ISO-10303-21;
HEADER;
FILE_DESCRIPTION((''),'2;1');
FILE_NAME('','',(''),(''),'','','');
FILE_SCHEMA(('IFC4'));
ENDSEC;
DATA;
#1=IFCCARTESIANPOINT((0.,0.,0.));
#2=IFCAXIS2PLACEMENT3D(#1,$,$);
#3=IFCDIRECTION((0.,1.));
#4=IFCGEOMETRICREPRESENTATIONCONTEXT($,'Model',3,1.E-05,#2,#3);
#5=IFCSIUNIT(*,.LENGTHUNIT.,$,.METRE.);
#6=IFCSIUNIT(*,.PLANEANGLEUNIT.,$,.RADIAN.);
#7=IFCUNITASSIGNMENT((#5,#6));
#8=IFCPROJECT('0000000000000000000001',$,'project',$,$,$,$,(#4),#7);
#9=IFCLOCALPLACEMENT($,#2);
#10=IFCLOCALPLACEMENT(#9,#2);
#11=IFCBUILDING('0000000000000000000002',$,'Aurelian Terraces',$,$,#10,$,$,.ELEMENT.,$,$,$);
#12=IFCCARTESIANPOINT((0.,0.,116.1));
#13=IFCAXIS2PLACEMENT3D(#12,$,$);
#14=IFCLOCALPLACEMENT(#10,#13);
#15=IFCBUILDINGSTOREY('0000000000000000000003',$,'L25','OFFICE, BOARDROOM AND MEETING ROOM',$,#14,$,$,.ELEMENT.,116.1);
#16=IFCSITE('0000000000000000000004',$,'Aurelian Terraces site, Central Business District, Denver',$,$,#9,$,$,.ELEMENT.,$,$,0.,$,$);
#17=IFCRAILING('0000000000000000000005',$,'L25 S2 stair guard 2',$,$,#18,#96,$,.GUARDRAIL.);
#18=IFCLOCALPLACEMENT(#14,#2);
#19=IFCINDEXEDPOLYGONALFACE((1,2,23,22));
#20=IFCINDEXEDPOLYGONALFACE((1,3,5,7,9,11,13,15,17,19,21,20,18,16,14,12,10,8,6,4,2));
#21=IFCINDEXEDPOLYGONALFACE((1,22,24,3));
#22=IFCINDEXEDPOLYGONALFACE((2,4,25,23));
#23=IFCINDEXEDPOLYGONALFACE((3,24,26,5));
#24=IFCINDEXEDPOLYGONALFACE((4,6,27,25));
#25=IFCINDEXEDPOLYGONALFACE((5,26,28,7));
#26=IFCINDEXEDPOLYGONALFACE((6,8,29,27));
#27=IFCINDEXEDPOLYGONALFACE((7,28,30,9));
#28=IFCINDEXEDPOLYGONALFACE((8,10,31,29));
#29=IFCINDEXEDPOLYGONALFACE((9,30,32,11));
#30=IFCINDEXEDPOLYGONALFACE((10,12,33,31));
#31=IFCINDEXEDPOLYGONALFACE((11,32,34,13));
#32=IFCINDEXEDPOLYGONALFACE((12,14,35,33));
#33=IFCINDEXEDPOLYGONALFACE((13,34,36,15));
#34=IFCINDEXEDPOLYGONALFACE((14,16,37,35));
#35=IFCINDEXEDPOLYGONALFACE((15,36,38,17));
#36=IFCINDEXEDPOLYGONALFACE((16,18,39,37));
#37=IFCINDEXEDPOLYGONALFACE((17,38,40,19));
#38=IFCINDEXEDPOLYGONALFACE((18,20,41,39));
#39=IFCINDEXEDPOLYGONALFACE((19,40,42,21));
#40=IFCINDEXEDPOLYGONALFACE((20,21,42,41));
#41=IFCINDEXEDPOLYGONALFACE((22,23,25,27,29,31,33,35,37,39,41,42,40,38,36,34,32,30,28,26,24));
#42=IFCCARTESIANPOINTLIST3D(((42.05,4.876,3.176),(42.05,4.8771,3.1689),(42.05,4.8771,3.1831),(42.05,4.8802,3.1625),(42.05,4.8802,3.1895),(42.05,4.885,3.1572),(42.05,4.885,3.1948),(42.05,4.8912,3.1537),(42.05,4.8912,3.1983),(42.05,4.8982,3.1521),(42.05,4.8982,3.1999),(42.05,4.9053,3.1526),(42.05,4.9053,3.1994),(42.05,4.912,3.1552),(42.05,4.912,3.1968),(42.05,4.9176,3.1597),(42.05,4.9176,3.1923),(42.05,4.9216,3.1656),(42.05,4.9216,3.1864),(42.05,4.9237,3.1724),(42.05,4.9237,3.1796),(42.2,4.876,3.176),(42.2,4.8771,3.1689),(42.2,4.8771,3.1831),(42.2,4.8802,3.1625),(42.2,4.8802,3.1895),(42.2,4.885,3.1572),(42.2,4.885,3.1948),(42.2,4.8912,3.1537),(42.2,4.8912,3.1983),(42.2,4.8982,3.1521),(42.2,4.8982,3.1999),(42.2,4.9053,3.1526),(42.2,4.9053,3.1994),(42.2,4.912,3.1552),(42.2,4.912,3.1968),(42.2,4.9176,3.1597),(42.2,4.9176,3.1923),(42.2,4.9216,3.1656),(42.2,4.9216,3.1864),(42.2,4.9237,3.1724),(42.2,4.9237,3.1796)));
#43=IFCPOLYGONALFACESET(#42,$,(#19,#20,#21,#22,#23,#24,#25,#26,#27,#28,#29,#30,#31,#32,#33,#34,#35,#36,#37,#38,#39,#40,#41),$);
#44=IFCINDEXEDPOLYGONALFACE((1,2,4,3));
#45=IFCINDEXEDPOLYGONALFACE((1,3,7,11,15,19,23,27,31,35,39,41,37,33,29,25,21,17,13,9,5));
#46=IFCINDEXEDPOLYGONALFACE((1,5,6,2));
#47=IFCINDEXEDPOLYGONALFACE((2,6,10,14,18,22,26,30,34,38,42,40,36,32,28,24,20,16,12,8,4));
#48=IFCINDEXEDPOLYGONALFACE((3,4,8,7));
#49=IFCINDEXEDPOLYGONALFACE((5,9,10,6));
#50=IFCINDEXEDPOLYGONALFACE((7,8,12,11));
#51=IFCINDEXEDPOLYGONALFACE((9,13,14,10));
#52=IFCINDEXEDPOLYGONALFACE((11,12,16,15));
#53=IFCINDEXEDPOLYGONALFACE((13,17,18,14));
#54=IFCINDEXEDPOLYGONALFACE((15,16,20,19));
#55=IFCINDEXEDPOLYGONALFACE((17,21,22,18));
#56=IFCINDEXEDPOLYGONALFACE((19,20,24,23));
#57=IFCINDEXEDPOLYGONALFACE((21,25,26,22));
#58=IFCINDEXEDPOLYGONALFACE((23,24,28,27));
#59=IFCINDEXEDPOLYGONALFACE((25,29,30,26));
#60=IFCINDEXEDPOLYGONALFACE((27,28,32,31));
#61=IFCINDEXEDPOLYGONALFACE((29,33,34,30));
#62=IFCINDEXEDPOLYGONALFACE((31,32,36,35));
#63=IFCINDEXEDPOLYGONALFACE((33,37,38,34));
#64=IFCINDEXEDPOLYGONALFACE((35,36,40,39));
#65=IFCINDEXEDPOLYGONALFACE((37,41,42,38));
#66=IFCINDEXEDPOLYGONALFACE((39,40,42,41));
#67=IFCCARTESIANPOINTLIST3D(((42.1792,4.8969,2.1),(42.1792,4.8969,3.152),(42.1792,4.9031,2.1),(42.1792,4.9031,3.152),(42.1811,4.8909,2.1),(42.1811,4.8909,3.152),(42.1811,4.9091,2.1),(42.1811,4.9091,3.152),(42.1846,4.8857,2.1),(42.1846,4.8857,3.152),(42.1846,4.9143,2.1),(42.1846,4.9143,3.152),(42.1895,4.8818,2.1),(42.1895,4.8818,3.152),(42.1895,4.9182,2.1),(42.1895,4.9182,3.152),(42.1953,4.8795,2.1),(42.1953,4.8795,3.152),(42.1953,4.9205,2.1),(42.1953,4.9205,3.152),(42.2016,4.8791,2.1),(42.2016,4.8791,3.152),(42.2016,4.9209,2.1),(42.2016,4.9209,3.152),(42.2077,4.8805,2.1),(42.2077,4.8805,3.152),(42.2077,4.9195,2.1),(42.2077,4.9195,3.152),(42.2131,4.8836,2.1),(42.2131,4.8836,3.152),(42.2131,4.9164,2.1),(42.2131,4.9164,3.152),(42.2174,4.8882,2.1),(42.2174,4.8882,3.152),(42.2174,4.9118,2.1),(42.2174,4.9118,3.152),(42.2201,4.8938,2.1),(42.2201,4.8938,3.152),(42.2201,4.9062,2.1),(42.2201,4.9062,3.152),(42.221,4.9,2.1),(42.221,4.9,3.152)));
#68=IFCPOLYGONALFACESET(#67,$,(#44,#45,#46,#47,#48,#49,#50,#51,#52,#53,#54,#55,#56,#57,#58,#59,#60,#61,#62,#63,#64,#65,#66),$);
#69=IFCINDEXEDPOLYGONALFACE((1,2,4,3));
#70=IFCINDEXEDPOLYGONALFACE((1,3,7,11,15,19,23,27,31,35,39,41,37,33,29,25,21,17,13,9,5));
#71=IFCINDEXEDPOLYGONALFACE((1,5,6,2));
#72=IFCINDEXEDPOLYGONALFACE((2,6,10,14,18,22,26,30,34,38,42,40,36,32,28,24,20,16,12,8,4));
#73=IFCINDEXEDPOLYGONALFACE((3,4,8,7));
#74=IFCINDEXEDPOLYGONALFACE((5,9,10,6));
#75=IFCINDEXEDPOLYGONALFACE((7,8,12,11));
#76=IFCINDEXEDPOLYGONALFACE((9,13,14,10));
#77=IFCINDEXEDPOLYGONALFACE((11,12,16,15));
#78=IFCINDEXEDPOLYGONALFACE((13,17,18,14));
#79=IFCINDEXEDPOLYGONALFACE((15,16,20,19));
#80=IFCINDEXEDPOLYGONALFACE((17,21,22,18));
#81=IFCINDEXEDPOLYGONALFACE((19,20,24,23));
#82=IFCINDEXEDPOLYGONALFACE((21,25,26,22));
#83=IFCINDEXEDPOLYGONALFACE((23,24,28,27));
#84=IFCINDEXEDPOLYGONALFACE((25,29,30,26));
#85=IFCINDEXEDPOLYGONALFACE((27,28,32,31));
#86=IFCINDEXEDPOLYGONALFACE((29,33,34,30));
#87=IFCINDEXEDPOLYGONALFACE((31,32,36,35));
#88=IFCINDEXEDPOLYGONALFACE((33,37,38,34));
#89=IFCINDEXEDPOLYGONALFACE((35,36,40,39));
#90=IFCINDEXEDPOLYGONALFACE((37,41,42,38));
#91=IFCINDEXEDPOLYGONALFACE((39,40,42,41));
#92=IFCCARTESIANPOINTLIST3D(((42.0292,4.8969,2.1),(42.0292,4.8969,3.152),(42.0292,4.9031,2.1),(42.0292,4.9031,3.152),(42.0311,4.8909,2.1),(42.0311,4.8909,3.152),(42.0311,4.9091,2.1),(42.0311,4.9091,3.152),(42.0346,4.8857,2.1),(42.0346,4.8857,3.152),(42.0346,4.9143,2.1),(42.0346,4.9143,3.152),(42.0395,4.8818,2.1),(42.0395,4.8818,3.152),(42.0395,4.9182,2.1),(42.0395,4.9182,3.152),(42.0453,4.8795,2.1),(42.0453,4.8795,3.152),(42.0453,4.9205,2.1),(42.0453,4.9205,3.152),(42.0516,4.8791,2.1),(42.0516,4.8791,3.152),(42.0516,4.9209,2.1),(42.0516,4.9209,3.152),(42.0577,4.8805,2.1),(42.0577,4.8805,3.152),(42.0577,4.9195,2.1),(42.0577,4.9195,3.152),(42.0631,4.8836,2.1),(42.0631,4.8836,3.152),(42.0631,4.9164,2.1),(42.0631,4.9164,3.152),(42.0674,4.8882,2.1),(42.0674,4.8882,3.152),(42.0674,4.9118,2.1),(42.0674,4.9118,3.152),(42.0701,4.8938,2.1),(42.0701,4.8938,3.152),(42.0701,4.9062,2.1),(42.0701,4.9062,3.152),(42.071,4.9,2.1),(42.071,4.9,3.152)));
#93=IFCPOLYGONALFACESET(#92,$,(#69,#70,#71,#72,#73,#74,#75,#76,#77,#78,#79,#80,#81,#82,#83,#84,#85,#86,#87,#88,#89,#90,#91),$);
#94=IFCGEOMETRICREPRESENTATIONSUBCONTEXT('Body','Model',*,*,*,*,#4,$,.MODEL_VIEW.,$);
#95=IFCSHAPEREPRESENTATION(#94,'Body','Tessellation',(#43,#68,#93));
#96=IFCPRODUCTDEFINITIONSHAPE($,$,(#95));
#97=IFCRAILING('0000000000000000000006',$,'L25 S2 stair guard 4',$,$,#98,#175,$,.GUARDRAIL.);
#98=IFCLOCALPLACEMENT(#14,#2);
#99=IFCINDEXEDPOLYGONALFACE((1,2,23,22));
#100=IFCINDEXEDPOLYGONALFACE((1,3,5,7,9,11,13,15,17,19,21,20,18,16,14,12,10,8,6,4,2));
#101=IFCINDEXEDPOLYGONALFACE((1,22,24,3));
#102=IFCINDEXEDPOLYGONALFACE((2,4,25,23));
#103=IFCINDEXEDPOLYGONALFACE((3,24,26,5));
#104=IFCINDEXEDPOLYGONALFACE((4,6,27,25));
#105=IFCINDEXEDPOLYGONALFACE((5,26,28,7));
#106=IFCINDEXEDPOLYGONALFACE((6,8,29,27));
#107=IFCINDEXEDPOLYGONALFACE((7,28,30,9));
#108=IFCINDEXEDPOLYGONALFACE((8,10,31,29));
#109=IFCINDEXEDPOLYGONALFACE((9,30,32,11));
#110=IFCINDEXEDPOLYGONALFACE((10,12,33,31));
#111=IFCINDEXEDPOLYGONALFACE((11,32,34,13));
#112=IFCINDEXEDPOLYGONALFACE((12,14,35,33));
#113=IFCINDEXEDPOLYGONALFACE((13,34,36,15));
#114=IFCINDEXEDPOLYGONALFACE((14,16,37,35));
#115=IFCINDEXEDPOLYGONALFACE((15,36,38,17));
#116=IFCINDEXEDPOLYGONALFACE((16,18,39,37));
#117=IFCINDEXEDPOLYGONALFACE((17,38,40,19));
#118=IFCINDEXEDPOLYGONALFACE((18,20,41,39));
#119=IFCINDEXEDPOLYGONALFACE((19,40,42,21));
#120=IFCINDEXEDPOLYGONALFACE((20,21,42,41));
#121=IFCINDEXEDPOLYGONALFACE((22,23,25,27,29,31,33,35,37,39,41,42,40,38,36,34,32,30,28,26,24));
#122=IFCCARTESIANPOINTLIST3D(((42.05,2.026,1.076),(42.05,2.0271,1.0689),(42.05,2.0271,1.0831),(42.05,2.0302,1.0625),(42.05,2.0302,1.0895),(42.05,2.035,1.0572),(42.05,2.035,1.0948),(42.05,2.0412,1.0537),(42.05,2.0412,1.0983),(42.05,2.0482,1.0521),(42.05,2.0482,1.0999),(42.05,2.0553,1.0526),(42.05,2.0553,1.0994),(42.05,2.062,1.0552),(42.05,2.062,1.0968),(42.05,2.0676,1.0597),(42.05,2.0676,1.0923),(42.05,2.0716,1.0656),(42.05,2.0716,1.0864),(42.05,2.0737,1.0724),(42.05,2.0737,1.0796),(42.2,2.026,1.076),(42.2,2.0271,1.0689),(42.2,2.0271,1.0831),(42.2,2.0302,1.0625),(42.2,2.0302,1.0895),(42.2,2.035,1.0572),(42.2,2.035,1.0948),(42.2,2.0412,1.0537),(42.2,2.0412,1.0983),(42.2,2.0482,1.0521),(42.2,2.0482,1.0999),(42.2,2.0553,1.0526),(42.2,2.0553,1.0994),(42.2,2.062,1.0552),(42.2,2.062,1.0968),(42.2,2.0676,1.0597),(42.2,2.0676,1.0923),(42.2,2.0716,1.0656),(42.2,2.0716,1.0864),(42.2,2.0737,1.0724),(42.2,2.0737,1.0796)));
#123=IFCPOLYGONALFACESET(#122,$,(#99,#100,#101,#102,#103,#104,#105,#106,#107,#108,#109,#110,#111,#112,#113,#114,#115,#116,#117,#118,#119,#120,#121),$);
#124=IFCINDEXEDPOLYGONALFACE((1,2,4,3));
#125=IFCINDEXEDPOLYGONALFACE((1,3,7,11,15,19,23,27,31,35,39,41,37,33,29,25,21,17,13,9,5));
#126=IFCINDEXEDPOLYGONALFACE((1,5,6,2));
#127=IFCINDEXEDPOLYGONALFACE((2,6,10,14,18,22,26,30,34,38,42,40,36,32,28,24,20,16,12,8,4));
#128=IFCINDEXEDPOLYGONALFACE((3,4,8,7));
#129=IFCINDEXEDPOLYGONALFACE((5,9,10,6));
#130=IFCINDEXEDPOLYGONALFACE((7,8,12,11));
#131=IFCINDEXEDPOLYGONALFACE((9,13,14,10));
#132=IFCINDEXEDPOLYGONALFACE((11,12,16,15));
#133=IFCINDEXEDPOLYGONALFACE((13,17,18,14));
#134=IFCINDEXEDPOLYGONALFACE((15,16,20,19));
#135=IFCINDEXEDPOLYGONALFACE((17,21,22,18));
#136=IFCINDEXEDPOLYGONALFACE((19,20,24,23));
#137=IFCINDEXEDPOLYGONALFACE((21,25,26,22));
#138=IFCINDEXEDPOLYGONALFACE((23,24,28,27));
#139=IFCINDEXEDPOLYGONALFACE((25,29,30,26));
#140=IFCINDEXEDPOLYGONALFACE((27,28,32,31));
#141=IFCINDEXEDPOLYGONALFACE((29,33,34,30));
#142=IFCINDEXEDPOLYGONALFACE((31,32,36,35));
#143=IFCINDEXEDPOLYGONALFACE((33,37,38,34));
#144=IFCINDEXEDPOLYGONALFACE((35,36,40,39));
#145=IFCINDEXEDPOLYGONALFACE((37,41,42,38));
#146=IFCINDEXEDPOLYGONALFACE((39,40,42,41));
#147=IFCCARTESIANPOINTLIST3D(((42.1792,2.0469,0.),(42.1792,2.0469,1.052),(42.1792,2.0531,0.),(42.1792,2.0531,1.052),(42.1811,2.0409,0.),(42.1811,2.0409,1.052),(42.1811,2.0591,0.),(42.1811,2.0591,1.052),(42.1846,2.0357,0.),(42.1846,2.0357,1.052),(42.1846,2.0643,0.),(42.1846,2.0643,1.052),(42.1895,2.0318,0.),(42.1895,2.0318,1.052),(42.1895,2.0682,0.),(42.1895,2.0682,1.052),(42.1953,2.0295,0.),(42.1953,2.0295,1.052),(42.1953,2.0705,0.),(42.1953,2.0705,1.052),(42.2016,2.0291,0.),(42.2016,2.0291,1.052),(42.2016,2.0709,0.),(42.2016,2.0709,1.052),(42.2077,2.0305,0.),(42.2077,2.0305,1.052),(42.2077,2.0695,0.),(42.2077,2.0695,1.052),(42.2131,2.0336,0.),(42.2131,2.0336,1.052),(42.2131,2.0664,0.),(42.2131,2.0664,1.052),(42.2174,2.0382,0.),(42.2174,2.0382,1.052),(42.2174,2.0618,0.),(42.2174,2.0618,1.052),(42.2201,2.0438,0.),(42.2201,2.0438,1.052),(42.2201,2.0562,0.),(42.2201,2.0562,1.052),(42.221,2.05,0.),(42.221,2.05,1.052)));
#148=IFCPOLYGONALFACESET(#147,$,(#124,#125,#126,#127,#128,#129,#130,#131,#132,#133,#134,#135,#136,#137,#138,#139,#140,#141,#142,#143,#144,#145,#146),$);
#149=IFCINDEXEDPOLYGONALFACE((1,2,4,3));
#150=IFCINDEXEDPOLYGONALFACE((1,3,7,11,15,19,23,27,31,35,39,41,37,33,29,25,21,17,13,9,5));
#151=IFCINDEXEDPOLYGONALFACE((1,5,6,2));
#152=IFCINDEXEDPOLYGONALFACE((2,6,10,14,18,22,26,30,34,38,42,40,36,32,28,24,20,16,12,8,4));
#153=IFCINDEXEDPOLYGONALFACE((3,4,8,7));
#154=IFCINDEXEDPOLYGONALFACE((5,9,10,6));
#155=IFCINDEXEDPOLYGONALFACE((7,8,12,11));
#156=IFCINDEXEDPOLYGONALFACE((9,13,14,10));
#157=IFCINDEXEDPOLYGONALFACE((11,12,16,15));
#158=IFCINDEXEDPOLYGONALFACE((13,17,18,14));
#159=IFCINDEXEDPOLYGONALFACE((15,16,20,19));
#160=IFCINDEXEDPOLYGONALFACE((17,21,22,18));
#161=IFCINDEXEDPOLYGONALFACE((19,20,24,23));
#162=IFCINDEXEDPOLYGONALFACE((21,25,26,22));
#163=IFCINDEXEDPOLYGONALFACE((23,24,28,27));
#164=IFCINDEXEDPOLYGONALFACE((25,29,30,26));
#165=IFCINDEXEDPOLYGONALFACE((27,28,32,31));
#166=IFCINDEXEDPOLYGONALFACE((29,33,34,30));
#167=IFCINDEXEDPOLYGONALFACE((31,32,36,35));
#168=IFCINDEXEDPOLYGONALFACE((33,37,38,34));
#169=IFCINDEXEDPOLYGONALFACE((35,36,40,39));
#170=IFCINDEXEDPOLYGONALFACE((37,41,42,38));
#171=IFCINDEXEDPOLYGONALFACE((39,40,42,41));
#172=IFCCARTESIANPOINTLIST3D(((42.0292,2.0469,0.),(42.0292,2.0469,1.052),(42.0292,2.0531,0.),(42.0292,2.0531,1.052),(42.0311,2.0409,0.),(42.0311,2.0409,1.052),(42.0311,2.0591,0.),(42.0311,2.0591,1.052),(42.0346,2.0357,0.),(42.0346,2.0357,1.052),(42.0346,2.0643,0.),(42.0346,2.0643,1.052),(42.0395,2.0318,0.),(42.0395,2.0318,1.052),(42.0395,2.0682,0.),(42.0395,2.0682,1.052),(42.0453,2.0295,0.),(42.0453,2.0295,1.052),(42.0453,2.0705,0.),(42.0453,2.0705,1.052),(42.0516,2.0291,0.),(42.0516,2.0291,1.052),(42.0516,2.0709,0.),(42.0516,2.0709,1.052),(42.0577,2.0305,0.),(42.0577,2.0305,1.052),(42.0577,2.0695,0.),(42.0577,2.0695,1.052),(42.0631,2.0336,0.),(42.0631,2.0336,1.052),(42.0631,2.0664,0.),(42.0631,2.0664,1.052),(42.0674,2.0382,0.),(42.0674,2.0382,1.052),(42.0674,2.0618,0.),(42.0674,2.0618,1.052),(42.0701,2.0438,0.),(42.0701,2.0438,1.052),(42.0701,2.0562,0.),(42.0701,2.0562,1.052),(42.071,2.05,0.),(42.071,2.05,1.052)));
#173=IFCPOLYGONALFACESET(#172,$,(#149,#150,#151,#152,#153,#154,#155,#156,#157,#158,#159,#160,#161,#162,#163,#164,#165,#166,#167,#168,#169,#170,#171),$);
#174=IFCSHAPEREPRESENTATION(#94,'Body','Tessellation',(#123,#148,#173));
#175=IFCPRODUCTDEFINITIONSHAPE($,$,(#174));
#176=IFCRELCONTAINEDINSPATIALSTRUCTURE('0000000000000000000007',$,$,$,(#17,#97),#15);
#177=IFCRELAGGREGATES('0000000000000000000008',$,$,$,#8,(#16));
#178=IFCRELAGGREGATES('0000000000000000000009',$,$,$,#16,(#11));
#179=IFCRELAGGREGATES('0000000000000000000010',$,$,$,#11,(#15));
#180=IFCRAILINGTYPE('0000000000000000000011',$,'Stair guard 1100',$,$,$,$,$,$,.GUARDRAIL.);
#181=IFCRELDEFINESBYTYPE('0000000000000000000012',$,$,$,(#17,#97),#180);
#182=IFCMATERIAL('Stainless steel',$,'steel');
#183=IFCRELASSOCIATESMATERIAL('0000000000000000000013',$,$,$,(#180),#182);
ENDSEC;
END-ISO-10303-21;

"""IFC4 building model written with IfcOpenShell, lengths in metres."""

from ifc_helpers import new_model, si_unit, direction, frame, origin, origin_2d, place, context, subcontext, project, spatial, circle, extrude, source, transform, mapped, material, type_object, element, save


model = new_model("IFC4")

# Units and contexts
model_context = context("Model", 3, precision=1e-05, world=origin(), true_north=direction((0.0, 1.0)))
body_context = subcontext(model_context, "Body", "Model", "MODEL_VIEW")
ifc_project = project(units=[si_unit("LENGTHUNIT", "METRE"), si_unit("PLANEANGLEUNIT", "RADIAN")], contexts=[model_context])

# Site, building, storey
site_placement = place(None, origin())
site = spatial("IfcSite", under=ifc_project, at=site_placement, Name="Aurelian Terraces site, Central Business District, Denver", CompositionType="ELEMENT", RefElevation=0.0)
building_placement = place(site_placement, origin())
building = spatial("IfcBuilding", under=site, at=building_placement, Name="Aurelian Terraces", CompositionType="ELEMENT")
storey_placement = place(building_placement, frame((0.0, 0.0, 116.1)))
storey = spatial("IfcBuildingStorey", under=building, at=storey_placement, Name="L25", Description="OFFICE, BOARDROOM AND MEETING ROOM", CompositionType="ELEMENT", Elevation=116.1)

# Railings
ifc_material_1 = material(Name="Stainless steel", Category="steel")
railing_type_1 = type_object("IfcRailingType", Name="Stair guard 1100", PredefinedType="GUARDRAIL", material=ifc_material_1)
shared_shape_1 = source(origin(), body_context, "Body", "SweptSolid", [
    extrude(circle(Radius=0.024, at=origin_2d()), frame((0.0, 0.0, 1.076), z_axis=(-1.0, 0.0, 0.0), x_axis=(0.0, -1.0, 0.0)), (0.0, 0.0, 1.0), 0.15),
    extrude(circle(Radius=0.021, at=origin_2d()), origin(), (0.0, 0.0, 1.0), 1.052),
    extrude(circle(Radius=0.021, at=origin_2d()), frame((-0.15, 0.0, 0.0)), (0.0, 0.0, 1.0), 1.052),
])
for number, where, name in (
    (1, (42.2, 4.9, 2.1), "L25 S2 stair guard 2"),
    (2, (42.2, 2.05, 0.0), "L25 S2 stair guard 4"),
):
    element("IfcRailing", number, at=place(storey_placement, frame(where)), inside=storey, type_object=railing_type_1, Name=name, PredefinedType="GUARDRAIL", context=body_context, shape_type="MappedRepresentation", body=[
        mapped(shared_shape_1, transform((0.0, 0.0, 0.0), scale=1.0)),
    ])

save(model, "model.ifc")
